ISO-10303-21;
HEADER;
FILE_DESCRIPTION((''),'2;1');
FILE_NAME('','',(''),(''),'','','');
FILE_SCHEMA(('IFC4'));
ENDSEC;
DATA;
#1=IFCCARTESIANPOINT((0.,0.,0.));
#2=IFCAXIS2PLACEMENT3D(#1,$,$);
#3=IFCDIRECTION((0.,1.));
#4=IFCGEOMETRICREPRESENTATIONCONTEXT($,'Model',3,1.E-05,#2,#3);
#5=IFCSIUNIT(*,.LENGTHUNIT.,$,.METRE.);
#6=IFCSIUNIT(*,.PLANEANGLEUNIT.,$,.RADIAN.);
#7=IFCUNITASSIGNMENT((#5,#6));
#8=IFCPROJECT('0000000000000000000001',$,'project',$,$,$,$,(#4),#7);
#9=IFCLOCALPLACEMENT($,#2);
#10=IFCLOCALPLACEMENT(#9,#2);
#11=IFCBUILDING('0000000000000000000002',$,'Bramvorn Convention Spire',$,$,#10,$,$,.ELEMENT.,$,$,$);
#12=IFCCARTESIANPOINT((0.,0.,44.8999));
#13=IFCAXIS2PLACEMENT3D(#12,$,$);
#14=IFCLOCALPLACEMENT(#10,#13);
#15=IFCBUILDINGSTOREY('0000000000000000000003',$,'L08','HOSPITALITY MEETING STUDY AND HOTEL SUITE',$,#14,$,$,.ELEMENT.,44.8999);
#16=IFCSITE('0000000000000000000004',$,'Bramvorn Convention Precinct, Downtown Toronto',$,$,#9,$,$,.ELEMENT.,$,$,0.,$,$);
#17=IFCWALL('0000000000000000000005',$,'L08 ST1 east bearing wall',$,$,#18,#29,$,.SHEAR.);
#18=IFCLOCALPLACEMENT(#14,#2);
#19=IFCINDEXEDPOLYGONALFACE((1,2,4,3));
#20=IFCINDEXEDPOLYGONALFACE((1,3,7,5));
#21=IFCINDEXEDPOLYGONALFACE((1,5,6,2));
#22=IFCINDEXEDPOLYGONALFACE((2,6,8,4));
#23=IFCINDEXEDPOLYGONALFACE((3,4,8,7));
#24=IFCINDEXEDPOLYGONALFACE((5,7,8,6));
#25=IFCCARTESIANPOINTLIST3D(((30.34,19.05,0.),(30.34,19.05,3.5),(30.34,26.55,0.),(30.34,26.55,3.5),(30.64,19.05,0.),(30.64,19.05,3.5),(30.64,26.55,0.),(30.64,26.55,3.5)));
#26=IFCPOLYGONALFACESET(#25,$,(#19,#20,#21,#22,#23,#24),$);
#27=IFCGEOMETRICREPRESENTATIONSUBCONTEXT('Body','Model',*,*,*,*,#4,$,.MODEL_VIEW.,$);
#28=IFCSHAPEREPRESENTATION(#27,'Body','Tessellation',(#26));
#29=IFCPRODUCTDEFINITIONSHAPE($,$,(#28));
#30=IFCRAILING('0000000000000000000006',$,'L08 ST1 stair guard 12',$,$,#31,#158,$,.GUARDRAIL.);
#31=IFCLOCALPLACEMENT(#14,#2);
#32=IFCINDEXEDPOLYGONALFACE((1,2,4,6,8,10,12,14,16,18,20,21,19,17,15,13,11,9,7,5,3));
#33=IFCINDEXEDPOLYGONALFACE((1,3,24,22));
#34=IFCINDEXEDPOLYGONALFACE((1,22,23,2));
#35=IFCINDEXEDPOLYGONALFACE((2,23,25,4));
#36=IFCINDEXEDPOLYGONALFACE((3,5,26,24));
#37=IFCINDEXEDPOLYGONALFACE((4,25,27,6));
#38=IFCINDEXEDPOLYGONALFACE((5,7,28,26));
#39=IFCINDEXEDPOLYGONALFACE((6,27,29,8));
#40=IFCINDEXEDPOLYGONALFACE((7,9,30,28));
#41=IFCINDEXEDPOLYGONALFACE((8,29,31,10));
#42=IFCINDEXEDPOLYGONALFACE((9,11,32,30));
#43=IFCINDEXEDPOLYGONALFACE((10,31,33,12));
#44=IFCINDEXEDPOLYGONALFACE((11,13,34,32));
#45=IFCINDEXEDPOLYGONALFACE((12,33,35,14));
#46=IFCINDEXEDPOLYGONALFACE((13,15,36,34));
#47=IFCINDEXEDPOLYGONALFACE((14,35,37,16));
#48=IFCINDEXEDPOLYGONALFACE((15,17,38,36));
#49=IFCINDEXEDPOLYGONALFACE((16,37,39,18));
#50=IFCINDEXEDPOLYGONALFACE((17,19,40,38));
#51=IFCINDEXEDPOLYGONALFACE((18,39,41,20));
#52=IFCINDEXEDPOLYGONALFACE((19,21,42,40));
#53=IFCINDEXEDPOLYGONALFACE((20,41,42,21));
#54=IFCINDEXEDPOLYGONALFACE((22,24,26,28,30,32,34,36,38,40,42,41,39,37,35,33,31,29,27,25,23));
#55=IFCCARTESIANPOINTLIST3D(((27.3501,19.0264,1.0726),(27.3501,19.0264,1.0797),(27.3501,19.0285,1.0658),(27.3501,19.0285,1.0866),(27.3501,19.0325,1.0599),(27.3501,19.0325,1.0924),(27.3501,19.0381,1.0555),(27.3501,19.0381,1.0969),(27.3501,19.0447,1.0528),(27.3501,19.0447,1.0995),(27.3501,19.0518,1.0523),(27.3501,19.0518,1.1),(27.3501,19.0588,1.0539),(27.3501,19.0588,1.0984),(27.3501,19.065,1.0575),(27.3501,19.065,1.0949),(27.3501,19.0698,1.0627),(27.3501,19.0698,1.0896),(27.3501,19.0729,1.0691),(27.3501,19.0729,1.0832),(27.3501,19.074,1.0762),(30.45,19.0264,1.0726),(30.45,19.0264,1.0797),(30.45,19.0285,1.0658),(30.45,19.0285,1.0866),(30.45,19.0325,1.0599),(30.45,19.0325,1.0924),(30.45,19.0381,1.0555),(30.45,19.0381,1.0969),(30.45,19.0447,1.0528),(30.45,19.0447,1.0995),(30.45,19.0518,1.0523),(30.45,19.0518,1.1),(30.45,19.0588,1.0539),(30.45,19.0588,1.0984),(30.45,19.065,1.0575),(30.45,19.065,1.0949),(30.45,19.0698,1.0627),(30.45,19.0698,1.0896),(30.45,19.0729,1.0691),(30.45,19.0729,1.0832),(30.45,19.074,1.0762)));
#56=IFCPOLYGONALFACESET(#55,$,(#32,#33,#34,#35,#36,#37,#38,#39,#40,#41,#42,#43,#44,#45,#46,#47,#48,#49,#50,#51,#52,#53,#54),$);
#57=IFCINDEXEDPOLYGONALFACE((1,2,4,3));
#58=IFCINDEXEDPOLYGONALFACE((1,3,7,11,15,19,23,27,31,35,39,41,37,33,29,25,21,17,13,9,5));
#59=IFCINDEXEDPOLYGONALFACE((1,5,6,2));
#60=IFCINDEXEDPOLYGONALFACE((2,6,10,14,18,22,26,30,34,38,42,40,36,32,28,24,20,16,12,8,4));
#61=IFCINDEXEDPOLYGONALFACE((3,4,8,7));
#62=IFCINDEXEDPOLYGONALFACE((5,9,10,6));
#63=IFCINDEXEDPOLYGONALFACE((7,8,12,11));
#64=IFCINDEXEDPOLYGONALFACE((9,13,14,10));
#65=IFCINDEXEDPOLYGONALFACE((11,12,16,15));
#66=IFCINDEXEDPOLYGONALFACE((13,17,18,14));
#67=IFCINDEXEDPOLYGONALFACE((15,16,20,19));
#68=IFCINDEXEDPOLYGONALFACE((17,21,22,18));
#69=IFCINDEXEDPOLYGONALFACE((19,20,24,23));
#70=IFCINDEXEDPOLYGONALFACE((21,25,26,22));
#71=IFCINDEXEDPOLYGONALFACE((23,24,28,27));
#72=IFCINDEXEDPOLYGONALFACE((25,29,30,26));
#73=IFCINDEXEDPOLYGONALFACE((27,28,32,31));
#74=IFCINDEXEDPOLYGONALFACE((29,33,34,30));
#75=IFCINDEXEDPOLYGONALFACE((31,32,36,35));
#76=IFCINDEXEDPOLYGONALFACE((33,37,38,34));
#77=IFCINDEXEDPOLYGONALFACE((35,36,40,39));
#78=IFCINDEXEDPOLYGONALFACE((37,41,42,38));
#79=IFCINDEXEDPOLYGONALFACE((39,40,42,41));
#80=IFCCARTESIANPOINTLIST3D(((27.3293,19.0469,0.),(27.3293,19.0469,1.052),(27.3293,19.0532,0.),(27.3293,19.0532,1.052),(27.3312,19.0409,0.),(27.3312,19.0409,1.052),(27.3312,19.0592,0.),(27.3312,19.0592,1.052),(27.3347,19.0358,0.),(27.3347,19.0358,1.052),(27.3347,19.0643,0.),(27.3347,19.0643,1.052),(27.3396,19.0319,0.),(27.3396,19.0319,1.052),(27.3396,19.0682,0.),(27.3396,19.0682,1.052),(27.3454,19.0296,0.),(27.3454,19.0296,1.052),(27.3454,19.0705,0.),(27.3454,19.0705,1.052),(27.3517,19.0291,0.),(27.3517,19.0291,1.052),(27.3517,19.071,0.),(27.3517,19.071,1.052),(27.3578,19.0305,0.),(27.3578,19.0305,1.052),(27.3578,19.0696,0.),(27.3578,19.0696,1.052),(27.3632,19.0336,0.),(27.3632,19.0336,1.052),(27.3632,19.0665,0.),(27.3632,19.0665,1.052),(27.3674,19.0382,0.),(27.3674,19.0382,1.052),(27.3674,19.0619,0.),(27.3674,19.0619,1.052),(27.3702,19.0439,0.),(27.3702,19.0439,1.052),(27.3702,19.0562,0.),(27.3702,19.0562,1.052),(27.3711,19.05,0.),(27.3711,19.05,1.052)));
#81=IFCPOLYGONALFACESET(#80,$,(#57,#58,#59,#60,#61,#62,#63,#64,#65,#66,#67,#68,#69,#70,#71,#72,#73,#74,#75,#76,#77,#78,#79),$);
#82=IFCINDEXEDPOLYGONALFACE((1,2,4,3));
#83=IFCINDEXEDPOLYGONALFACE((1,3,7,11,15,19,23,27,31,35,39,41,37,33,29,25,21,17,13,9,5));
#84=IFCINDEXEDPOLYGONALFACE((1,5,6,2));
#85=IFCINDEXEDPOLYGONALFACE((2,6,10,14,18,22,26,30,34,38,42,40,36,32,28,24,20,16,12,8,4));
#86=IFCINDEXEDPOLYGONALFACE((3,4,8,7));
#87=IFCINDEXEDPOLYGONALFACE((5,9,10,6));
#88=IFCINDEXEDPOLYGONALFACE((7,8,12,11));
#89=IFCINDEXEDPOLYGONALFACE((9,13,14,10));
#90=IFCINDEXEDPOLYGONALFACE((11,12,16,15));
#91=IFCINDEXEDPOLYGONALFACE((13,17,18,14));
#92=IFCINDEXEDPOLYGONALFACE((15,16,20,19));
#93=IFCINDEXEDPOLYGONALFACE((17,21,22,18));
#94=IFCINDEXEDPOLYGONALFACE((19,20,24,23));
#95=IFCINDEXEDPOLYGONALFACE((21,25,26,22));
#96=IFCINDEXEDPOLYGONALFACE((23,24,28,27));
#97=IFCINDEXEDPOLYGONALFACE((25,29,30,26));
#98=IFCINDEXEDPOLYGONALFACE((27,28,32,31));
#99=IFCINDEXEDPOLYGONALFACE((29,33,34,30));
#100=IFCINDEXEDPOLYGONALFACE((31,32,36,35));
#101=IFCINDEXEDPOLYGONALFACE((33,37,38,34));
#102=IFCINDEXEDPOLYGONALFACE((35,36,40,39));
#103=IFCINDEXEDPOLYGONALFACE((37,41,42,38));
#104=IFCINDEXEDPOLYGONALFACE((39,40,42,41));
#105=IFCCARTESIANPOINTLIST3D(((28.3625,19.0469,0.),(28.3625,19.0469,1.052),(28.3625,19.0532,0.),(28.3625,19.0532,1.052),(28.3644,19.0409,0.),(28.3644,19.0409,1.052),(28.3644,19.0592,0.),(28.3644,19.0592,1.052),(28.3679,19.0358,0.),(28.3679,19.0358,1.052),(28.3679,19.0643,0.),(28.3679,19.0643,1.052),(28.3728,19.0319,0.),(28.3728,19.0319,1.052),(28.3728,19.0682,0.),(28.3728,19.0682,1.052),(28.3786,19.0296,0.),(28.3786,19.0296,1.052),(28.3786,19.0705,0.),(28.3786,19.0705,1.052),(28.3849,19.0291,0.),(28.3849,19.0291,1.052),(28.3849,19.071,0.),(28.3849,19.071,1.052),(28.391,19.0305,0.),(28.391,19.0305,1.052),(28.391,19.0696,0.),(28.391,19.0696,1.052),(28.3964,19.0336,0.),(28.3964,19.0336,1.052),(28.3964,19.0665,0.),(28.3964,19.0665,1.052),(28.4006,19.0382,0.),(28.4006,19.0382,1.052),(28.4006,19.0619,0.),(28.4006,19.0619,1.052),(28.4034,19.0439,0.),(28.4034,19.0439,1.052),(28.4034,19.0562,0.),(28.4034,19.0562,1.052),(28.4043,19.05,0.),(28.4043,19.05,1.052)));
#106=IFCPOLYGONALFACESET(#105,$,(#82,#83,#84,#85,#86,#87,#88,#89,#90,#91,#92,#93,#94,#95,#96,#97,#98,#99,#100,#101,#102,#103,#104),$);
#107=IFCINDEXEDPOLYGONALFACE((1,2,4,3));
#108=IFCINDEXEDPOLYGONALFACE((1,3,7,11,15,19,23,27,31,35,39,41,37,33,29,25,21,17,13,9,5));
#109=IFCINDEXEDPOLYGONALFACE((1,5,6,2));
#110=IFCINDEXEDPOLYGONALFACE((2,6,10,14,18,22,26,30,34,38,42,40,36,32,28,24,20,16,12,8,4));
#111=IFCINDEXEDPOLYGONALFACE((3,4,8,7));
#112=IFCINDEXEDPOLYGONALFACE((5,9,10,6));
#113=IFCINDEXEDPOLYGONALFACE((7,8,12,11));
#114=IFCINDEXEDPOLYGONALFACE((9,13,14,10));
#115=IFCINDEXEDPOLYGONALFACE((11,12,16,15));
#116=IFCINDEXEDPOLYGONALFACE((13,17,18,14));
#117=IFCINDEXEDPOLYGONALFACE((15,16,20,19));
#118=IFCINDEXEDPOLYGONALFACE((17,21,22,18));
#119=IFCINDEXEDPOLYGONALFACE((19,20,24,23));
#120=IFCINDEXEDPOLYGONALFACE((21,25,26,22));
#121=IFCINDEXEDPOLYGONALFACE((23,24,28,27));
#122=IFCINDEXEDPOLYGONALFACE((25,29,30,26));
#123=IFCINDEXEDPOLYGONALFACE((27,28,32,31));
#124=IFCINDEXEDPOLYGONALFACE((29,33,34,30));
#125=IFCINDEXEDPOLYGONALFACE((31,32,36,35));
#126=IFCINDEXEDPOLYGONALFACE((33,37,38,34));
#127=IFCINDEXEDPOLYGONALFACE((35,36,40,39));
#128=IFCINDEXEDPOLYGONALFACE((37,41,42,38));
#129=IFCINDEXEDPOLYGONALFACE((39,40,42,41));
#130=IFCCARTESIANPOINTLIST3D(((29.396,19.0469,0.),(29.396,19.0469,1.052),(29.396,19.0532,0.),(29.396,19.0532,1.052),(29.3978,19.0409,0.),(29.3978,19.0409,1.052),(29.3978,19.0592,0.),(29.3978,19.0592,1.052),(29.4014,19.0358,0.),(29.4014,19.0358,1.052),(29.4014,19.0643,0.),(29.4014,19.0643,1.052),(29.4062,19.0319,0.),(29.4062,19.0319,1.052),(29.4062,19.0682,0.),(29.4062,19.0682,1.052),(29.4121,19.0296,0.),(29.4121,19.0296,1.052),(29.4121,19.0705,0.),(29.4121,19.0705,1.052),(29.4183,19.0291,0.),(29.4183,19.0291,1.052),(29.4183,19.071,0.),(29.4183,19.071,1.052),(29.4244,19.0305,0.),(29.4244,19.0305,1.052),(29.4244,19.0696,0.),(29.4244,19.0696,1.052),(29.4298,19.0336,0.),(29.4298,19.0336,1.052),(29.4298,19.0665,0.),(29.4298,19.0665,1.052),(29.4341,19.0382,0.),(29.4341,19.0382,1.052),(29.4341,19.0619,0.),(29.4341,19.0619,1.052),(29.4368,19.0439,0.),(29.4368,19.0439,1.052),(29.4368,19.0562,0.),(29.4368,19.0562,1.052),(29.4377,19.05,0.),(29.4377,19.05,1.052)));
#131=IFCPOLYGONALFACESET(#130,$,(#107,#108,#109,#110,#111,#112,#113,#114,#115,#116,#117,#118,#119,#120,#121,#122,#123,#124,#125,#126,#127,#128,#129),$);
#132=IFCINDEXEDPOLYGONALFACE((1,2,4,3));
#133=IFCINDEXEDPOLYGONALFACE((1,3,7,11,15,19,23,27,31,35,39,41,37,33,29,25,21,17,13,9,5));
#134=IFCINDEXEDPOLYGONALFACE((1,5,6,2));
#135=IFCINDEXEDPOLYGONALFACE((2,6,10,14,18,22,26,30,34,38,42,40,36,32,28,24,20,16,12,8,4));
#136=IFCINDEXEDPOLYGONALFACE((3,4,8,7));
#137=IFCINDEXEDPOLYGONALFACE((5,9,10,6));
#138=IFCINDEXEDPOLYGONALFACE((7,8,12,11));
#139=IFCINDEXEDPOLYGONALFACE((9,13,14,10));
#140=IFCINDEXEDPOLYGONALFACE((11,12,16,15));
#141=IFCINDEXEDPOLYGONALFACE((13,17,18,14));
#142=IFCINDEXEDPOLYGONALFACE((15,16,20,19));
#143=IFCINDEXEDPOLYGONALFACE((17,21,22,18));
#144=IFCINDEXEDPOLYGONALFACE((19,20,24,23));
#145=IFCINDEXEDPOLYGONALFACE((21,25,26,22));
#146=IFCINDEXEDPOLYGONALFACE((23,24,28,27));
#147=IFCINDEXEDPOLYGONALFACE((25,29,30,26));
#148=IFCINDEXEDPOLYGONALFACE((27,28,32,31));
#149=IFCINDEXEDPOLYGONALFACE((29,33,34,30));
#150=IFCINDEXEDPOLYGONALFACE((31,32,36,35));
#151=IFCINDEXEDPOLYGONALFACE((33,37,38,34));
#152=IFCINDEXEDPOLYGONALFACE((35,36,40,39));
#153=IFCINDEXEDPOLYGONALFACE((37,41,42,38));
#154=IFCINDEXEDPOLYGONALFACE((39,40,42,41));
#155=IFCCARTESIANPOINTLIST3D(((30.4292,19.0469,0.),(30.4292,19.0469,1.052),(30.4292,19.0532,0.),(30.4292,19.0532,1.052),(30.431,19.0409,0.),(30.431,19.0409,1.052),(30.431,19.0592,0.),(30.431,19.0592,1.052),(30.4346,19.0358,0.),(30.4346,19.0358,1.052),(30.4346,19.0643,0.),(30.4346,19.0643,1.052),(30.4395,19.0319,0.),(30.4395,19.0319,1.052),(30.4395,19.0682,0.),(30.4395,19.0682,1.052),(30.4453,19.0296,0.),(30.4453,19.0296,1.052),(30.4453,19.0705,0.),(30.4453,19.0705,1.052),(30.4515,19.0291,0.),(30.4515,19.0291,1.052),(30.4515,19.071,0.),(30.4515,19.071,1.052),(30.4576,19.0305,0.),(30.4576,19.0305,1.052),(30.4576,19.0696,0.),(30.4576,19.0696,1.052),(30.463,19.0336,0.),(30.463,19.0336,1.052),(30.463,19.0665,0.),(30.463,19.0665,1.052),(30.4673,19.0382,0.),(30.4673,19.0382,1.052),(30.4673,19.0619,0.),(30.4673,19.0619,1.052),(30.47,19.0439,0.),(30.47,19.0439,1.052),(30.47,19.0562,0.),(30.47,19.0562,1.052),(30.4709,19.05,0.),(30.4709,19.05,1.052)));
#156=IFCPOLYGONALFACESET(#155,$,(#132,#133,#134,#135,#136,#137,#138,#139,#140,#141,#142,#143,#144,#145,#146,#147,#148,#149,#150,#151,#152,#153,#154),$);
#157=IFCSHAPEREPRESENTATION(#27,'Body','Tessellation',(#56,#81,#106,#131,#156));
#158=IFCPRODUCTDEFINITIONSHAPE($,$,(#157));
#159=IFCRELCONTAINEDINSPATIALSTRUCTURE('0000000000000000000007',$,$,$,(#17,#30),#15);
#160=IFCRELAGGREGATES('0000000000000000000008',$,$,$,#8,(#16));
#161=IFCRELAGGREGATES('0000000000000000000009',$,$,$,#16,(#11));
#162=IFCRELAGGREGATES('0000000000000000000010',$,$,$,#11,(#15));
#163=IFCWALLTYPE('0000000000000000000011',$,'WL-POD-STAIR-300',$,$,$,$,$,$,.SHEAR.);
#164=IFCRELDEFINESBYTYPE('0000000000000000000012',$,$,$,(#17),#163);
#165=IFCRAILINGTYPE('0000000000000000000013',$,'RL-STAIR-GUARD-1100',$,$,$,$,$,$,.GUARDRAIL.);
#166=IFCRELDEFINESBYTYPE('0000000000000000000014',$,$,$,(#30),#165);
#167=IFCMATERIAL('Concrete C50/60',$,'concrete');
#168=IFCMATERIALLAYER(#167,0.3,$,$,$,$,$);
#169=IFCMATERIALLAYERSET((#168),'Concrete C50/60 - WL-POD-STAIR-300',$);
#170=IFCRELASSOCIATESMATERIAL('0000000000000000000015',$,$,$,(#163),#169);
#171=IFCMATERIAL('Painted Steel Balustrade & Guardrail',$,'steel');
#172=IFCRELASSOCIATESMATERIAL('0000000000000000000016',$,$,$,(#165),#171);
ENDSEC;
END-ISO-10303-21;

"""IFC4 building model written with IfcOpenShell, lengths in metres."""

from ifc_helpers import new_model, si_unit, direction, frame, frame_2d, origin, origin_2d, place, context, subcontext, project, spatial, rectangle, circle, extrude, material, layer, layer_set, type_object, element, save


model = new_model("IFC4")

# Units and contexts
model_context = context("Model", 3, precision=1e-05, world=origin(), true_north=direction((0.0, 1.0)))
body_context = subcontext(model_context, "Body", "Model", "MODEL_VIEW")
ifc_project = project(units=[si_unit("LENGTHUNIT", "METRE"), si_unit("PLANEANGLEUNIT", "RADIAN")], contexts=[model_context])

# Site, building, storey
site_placement = place(None, origin())
site = spatial("IfcSite", under=ifc_project, at=site_placement, Name="Bramvorn Convention Precinct, Downtown Toronto", CompositionType="ELEMENT", RefElevation=0.0)
building_placement = place(site_placement, origin())
building = spatial("IfcBuilding", under=site, at=building_placement, Name="Bramvorn Convention Spire", CompositionType="ELEMENT")
storey_placement = place(building_placement, frame((0.0, 0.0, 44.8999)))
storey = spatial("IfcBuildingStorey", under=building, at=storey_placement, Name="L08", Description="HOSPITALITY MEETING STUDY AND HOTEL SUITE", CompositionType="ELEMENT", Elevation=44.8999)

# Wall
ifc_material_1 = material(Name="Concrete C50/60", Category="concrete")
ifc_layer_1 = layer(ifc_material_1, 0.3)
ifc_layer_set_1 = layer_set([ifc_layer_1], Name="Concrete C50/60 - WL-POD-STAIR-300")
wall_type_1 = type_object("IfcWallType", Name="WL-POD-STAIR-300", PredefinedType="SHEAR", material=ifc_layer_set_1)
wall_1_placement = place(storey_placement, frame((30.49, 19.05, 0.0), z_axis=(0.0, 0.0, 1.0), x_axis=(0.0, 1.0, 0.0)))
element("IfcWall", 1, at=wall_1_placement, inside=storey, type_object=wall_type_1, Name="L08 ST1 east bearing wall", PredefinedType="SHEAR", context=body_context, shape_type="SweptSolid", body=[
    extrude(rectangle(XDim=7.5, YDim=0.3, at=frame_2d((3.75, 0.0))), origin(), (0.0, 0.0, 1.0), 3.5),
])

# Railing
ifc_material_2 = material(Name="Painted Steel Balustrade & Guardrail", Category="steel")
railing_type = type_object("IfcRailingType", Name="RL-STAIR-GUARD-1100", PredefinedType="GUARDRAIL", material=ifc_material_2)
railing_placement = place(storey_placement, frame((27.3501, 19.05, 0.0)))
element("IfcRailing", 2, at=railing_placement, inside=storey, type_object=railing_type, Name="L08 ST1 stair guard 12", PredefinedType="GUARDRAIL", context=body_context, shape_type="SweptSolid", body=[
    extrude(circle(Radius=0.0239, at=origin_2d()), frame((0.0, 0.0, 1.0762), z_axis=(1.0, 0.0, 0.0), x_axis=(0.0, 1.0, 0.0)), (0.0, 0.0, 1.0), 3.0999),
    extrude(circle(Radius=0.021, at=origin_2d()), origin(), (0.0, 0.0, 1.0), 1.052),
    extrude(circle(Radius=0.021, at=origin_2d()), frame((1.0332, 0.0, 0.0)), (0.0, 0.0, 1.0), 1.052),
    extrude(circle(Radius=0.021, at=origin_2d()), frame((2.0667, 0.0, 0.0)), (0.0, 0.0, 1.0), 1.052),
    extrude(circle(Radius=0.021, at=origin_2d()), frame((3.0999, 0.0, 0.0)), (0.0, 0.0, 1.0), 1.052),
])

save(model, "model.ifc")
